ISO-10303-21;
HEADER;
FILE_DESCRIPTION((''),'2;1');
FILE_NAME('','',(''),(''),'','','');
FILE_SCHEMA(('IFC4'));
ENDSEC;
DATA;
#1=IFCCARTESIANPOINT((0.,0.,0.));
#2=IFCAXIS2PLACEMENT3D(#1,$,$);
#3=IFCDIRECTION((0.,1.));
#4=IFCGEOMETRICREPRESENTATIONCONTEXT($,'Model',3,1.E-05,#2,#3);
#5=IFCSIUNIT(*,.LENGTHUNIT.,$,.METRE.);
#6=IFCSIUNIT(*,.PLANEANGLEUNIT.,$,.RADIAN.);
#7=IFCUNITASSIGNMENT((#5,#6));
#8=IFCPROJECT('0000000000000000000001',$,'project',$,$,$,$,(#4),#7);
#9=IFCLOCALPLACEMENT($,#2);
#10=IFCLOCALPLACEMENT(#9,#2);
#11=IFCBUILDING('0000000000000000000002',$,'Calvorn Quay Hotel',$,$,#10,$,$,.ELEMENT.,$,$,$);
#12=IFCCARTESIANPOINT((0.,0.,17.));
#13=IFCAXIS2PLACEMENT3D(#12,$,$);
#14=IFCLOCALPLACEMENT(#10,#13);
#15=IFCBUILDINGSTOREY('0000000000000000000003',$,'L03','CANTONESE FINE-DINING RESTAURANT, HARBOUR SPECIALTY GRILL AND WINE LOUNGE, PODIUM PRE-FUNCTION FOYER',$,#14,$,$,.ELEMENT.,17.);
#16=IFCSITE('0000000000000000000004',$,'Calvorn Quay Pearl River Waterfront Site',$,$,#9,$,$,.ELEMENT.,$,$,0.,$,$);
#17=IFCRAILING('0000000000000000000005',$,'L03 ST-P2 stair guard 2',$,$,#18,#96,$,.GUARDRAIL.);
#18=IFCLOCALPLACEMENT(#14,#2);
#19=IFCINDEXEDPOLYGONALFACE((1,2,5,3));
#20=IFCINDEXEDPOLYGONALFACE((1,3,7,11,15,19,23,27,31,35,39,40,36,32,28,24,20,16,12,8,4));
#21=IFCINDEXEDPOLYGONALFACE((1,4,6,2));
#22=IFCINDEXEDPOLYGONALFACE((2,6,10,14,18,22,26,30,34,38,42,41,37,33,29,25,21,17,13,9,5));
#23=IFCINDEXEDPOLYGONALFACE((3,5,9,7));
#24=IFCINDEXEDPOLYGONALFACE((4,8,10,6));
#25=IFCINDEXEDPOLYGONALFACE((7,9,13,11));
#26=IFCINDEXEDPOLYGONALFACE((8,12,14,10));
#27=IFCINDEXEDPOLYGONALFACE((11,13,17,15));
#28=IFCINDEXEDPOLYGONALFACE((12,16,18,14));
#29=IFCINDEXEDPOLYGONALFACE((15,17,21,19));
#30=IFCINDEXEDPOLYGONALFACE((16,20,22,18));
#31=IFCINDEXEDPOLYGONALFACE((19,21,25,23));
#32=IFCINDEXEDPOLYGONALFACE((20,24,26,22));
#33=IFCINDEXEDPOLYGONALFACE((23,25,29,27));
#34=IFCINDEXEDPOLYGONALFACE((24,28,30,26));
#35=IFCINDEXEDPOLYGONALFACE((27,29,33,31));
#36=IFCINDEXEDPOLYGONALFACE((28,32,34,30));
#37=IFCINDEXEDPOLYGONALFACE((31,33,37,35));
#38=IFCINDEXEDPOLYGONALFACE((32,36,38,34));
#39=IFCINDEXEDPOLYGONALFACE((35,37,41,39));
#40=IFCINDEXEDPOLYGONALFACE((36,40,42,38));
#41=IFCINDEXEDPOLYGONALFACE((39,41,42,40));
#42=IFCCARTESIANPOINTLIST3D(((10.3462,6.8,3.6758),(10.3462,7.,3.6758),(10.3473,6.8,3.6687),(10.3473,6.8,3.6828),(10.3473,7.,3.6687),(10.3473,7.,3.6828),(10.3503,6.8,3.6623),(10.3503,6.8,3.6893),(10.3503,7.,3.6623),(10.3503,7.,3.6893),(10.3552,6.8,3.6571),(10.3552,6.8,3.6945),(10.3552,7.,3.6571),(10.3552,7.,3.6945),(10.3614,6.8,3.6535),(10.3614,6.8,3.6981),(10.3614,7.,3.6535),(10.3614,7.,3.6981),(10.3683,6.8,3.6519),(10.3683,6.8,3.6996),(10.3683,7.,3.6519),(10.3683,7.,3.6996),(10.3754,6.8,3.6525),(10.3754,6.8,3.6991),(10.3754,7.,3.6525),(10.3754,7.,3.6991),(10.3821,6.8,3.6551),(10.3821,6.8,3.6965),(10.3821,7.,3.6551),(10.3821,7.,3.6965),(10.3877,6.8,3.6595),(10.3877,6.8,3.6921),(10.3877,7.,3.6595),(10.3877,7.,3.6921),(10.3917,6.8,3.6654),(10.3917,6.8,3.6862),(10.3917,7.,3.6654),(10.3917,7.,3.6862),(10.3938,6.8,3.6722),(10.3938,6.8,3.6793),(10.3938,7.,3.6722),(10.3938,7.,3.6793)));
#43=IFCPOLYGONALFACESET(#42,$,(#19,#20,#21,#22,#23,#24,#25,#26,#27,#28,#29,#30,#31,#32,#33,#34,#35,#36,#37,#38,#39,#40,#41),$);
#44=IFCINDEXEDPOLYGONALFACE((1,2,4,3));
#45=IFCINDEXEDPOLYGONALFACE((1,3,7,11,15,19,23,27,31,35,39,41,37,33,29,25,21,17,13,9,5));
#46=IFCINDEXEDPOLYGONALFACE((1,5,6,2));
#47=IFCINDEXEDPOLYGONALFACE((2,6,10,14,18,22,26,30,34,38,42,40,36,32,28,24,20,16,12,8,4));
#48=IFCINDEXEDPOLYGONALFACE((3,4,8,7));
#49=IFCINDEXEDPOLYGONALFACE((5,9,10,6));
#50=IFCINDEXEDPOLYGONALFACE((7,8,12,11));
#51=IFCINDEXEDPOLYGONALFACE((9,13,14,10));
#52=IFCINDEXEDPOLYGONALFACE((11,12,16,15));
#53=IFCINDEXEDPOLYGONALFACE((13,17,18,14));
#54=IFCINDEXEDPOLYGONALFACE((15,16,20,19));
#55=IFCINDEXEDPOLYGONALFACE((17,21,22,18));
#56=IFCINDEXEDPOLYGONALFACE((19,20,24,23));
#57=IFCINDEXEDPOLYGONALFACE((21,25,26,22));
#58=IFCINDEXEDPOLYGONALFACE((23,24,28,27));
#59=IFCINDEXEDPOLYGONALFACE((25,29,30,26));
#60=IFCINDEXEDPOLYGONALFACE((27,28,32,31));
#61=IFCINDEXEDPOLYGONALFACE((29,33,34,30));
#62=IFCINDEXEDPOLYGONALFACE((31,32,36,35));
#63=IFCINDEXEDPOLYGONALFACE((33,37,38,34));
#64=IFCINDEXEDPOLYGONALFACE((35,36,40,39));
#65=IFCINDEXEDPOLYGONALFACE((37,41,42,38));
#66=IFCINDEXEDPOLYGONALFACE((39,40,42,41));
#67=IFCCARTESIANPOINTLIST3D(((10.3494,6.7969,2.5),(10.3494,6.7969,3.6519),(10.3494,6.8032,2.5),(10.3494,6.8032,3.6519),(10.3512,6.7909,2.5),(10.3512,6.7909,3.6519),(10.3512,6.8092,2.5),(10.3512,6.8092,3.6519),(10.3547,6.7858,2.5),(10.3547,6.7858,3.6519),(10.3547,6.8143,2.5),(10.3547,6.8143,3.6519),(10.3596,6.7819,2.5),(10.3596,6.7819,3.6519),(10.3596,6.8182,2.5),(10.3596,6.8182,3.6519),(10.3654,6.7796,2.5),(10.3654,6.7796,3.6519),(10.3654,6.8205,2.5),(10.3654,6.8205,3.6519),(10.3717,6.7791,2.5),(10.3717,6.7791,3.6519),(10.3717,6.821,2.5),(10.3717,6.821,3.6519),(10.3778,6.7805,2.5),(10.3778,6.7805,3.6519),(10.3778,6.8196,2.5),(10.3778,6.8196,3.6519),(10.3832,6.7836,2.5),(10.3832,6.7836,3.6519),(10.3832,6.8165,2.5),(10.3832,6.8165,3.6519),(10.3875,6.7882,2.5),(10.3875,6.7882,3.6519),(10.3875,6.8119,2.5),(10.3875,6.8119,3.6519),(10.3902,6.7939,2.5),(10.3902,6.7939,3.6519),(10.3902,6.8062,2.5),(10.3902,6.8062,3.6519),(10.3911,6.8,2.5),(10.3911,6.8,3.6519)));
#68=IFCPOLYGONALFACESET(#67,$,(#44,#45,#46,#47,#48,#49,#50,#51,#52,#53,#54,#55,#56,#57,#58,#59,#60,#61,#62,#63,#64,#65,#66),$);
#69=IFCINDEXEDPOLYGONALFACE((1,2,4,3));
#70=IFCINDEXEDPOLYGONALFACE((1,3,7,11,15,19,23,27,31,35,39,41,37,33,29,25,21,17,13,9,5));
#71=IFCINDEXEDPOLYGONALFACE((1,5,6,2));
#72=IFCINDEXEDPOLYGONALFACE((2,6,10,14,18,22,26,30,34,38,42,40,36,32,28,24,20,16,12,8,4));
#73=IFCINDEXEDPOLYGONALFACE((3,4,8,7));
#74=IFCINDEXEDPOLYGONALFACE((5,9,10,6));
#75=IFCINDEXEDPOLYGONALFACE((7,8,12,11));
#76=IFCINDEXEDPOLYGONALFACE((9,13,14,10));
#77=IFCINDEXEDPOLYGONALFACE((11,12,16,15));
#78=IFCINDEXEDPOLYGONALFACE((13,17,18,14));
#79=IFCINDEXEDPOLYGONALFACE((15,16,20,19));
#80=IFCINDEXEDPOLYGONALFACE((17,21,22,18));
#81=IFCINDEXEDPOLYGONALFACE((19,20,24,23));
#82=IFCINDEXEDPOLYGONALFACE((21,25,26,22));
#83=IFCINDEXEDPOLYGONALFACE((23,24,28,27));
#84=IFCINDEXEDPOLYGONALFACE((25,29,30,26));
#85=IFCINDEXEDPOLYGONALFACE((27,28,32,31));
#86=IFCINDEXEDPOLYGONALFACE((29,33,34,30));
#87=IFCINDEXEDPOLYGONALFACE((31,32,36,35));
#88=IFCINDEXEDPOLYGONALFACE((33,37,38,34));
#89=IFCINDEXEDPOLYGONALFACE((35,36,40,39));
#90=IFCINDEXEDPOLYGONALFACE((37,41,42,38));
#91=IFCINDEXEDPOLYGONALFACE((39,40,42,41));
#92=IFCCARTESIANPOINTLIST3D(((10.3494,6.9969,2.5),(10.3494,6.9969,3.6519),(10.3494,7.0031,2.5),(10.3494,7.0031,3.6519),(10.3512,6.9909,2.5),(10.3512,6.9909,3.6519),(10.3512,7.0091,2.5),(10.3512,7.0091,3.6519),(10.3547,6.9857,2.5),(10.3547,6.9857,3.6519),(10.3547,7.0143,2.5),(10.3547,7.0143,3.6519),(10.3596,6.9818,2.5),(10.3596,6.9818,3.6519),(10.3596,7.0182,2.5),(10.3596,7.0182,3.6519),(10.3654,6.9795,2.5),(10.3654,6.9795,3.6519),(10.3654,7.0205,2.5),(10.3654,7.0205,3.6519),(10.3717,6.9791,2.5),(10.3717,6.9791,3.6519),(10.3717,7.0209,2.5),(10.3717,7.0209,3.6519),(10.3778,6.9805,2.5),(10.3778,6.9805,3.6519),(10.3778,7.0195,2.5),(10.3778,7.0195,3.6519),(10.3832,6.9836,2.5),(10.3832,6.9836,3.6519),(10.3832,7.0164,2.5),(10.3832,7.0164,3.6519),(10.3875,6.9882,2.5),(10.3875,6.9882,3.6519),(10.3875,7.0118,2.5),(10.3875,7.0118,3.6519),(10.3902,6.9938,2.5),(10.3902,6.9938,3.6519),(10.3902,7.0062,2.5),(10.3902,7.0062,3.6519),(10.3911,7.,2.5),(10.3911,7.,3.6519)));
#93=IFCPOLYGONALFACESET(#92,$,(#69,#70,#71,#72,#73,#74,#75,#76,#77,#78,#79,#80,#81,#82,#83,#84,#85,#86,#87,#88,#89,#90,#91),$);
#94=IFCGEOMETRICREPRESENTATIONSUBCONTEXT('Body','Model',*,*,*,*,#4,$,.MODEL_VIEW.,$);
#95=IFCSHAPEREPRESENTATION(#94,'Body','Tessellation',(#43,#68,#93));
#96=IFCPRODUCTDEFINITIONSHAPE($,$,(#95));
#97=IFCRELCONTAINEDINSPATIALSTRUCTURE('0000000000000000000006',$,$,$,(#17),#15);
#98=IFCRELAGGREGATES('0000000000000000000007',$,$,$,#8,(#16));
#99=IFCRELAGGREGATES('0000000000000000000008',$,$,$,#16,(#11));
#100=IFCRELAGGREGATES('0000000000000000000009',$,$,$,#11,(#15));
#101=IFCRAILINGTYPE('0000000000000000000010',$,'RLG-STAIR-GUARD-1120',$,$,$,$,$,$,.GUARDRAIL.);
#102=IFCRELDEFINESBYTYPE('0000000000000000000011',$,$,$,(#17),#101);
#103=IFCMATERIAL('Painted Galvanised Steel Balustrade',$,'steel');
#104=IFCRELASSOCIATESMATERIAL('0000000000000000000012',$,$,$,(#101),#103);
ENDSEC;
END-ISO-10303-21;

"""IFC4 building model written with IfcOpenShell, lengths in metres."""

from ifc_helpers import new_model, si_unit, direction, frame, origin, origin_2d, place, context, subcontext, project, spatial, circle, extrude, material, type_object, element, save


model = new_model("IFC4")

# Units and contexts
model_context = context("Model", 3, precision=1e-05, world=origin(), true_north=direction((0.0, 1.0)))
body_context = subcontext(model_context, "Body", "Model", "MODEL_VIEW")
ifc_project = project(units=[si_unit("LENGTHUNIT", "METRE"), si_unit("PLANEANGLEUNIT", "RADIAN")], contexts=[model_context])

# Site, building, storey
site_placement = place(None, origin())
site = spatial("IfcSite", under=ifc_project, at=site_placement, Name="Calvorn Quay Pearl River Waterfront Site", CompositionType="ELEMENT", RefElevation=0.0)
building_placement = place(site_placement, origin())
building = spatial("IfcBuilding", under=site, at=building_placement, Name="Calvorn Quay Hotel", CompositionType="ELEMENT")
storey_placement = place(building_placement, frame((0.0, 0.0, 17.0)))
storey = spatial("IfcBuildingStorey", under=building, at=storey_placement, Name="L03", Description="CANTONESE FINE-DINING RESTAURANT, HARBOUR SPECIALTY GRILL AND WINE LOUNGE, PODIUM PRE-FUNCTION FOYER", CompositionType="ELEMENT", Elevation=17.0)

# Railing
ifc_material_1 = material(Name="Painted Galvanised Steel Balustrade", Category="steel")
railing_type_1 = type_object("IfcRailingType", Name="RLG-STAIR-GUARD-1120", PredefinedType="GUARDRAIL", material=ifc_material_1)
railing_1_placement = place(storey_placement, frame((10.3701, 6.8, 2.5)))
element("IfcRailing", 1, at=railing_1_placement, inside=storey, type_object=railing_type_1, Name="L03 ST-P2 stair guard 2", PredefinedType="GUARDRAIL", context=body_context, shape_type="SweptSolid", body=[
    extrude(circle(Radius=0.0239, at=origin_2d()), frame((0.0, 0.0, 1.1758), z_axis=(0.0, 1.0, 0.0), x_axis=(-1.0, 0.0, 0.0)), (0.0, 0.0, 1.0), 0.2),
    extrude(circle(Radius=0.021, at=origin_2d()), origin(), (0.0, 0.0, 1.0), 1.1519),
    extrude(circle(Radius=0.021, at=origin_2d()), frame((0.0, 0.2, 0.0)), (0.0, 0.0, 1.0), 1.1519),
])

save(model, "model.ifc")
